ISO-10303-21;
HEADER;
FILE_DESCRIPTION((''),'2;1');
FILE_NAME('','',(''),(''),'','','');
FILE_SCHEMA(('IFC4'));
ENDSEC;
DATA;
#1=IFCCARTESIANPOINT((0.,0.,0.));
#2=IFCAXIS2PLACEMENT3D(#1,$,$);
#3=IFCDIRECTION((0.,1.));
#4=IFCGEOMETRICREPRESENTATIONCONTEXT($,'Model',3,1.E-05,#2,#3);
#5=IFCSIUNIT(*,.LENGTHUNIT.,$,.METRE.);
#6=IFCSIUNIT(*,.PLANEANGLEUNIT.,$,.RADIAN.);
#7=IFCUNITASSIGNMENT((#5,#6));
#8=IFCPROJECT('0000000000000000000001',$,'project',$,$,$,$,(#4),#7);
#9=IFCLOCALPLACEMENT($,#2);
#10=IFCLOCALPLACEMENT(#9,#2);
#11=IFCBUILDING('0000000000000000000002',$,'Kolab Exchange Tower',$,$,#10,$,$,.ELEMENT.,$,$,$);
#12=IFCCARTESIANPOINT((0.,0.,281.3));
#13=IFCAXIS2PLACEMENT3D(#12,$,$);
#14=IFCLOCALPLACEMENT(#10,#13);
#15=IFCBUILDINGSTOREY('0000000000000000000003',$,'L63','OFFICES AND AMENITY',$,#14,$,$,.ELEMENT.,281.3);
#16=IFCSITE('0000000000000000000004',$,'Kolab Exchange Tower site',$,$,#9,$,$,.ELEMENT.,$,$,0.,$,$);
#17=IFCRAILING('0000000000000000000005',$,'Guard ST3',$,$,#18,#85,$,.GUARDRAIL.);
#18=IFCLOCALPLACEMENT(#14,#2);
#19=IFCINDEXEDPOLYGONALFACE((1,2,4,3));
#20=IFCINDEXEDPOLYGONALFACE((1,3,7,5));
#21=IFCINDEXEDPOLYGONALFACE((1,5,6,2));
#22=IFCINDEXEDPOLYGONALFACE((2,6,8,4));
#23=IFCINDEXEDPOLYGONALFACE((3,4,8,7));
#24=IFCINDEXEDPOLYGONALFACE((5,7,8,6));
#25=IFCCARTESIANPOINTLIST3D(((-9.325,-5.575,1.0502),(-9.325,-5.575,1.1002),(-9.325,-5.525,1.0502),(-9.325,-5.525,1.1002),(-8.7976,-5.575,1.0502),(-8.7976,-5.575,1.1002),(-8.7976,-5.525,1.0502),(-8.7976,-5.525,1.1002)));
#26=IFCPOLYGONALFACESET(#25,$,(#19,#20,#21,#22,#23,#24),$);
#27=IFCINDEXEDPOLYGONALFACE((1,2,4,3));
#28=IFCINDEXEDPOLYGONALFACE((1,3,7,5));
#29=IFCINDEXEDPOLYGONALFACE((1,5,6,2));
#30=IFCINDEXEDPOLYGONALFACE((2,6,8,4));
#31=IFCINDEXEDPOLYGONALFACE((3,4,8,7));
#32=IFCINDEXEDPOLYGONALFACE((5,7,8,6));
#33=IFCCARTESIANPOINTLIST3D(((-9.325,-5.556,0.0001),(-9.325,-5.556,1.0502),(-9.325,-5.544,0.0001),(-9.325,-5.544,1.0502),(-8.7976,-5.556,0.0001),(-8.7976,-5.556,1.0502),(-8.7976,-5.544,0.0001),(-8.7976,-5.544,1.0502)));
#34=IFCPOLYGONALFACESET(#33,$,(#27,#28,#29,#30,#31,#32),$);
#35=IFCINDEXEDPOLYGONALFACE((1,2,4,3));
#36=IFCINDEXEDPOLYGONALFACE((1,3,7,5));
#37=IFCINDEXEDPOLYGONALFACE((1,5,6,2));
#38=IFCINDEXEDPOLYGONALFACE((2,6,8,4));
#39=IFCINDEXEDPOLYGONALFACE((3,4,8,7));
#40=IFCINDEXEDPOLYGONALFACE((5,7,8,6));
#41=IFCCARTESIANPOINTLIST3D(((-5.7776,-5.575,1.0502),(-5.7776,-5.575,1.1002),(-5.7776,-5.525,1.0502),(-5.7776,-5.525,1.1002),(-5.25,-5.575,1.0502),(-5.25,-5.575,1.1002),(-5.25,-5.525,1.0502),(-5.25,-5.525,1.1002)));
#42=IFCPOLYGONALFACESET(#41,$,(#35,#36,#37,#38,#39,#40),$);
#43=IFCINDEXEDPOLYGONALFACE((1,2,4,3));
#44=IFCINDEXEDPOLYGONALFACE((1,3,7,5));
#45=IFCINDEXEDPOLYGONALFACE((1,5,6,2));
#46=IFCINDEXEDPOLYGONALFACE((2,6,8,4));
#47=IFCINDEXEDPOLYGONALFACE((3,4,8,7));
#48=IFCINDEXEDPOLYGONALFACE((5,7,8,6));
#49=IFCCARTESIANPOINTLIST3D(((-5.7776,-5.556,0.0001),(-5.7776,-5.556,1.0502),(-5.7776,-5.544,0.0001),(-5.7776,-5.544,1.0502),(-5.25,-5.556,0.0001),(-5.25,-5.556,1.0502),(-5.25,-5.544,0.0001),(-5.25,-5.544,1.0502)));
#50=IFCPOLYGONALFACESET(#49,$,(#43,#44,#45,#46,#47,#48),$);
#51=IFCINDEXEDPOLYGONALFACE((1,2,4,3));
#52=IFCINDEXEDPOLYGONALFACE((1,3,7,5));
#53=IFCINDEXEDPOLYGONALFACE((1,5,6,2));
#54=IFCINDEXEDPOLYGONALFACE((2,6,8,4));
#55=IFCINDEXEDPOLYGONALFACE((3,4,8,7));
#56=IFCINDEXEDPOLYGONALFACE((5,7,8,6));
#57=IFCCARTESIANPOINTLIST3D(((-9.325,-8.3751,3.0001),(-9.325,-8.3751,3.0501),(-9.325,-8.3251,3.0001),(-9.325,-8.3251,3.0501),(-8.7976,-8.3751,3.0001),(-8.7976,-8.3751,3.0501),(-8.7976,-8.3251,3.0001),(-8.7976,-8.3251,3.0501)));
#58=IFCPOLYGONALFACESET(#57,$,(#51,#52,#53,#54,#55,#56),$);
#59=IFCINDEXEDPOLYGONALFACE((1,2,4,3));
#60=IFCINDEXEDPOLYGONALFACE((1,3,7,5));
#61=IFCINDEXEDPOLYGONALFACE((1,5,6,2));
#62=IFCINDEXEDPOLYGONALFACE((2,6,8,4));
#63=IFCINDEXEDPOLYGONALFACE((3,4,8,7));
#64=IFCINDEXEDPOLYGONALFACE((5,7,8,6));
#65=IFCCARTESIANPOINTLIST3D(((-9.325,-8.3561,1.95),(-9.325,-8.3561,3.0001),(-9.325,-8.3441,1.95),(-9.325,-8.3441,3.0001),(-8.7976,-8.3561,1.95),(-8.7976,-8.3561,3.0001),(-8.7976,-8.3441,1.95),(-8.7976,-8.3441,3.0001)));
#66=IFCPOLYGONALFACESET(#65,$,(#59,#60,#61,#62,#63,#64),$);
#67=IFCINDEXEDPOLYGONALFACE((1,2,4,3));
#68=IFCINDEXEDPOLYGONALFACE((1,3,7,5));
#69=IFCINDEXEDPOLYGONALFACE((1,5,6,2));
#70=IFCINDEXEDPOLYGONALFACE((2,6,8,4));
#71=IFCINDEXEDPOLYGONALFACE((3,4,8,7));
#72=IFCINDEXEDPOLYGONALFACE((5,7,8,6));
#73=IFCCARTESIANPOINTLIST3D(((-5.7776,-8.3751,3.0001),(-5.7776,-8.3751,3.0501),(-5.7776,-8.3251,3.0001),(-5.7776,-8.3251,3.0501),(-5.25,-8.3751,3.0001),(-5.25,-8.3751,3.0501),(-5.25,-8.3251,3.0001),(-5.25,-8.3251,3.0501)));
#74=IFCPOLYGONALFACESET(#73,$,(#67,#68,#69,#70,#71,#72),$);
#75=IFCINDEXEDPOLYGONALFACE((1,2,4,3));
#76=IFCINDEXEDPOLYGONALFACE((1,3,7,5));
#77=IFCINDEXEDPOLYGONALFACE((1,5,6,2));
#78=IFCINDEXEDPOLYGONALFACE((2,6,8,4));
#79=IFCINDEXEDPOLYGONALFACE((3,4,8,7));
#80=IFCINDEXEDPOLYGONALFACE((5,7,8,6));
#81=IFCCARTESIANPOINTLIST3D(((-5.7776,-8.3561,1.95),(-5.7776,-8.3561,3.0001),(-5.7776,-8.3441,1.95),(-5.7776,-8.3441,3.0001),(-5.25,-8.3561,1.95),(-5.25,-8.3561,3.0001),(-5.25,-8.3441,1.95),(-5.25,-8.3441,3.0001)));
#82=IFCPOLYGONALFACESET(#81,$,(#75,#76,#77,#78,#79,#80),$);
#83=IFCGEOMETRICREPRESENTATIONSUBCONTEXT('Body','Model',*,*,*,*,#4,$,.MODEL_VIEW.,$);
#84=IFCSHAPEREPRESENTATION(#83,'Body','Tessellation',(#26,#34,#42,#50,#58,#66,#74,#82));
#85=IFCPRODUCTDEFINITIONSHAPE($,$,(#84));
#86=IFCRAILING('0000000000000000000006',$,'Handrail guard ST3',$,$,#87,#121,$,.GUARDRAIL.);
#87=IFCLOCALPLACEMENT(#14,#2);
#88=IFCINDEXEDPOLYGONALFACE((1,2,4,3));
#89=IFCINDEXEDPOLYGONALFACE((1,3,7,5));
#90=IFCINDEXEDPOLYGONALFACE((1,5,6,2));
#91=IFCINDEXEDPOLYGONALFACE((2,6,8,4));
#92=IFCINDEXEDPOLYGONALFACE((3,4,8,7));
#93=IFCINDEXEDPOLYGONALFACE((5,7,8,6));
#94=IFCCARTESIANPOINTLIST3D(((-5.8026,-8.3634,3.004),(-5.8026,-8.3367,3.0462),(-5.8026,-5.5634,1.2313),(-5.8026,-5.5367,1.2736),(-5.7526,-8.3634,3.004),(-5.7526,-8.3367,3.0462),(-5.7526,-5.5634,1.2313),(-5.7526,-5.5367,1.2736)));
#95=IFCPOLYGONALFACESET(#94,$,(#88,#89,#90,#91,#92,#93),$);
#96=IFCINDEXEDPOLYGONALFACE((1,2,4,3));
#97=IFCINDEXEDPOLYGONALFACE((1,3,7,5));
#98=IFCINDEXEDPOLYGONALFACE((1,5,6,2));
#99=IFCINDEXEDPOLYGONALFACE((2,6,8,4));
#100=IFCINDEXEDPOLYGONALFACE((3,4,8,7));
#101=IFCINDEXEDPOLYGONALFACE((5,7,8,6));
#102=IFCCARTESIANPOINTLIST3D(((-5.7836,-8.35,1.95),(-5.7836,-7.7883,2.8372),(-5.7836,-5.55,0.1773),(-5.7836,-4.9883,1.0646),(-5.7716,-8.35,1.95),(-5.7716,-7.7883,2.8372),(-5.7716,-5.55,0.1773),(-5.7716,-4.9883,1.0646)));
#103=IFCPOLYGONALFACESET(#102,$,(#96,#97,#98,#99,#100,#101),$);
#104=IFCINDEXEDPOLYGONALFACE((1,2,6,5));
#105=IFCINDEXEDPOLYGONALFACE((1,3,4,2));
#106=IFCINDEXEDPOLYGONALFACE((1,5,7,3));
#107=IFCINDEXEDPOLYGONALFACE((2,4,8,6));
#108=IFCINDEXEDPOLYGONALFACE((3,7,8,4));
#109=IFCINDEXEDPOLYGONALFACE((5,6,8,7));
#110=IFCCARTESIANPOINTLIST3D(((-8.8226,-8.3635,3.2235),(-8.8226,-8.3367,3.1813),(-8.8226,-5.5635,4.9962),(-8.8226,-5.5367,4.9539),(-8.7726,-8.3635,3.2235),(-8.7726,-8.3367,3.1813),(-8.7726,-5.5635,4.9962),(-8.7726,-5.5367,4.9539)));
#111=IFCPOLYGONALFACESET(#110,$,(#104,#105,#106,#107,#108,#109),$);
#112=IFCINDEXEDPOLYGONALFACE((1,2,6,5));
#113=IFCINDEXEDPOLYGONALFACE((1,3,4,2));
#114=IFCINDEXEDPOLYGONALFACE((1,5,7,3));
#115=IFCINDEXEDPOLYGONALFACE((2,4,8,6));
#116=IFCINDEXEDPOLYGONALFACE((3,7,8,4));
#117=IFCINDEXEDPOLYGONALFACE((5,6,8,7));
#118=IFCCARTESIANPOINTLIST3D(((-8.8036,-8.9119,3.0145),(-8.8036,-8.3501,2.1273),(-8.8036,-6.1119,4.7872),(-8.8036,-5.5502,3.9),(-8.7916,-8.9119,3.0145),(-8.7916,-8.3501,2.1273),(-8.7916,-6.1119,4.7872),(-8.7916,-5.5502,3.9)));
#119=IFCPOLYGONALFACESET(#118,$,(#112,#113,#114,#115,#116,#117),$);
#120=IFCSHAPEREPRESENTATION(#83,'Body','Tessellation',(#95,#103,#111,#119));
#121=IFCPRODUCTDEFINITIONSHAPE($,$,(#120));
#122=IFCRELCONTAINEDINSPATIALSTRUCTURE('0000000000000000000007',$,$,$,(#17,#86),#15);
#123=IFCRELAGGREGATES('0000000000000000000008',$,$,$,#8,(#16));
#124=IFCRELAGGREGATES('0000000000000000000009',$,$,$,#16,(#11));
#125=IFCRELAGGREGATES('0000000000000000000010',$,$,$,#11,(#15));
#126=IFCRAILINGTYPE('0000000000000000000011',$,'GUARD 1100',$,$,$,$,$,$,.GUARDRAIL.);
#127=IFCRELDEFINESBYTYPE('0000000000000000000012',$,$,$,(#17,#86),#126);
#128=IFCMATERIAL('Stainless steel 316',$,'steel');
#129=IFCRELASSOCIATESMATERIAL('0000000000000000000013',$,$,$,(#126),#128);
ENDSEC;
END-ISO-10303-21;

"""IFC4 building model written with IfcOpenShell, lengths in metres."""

from ifc_helpers import new_model, si_unit, direction, frame, frame_2d, origin, origin_2d, place, context, subcontext, project, spatial, rectangle, extrude, material, type_object, element, save


model = new_model("IFC4")

# Units and contexts
model_context = context("Model", 3, precision=1e-05, world=origin(), true_north=direction((0.0, 1.0)))
body_context = subcontext(model_context, "Body", "Model", "MODEL_VIEW")
ifc_project = project(units=[si_unit("LENGTHUNIT", "METRE"), si_unit("PLANEANGLEUNIT", "RADIAN")], contexts=[model_context])

# Site, building, storey
site_placement = place(None, origin())
site = spatial("IfcSite", under=ifc_project, at=site_placement, Name="Kolab Exchange Tower site", CompositionType="ELEMENT", RefElevation=0.0)
building_placement = place(site_placement, origin())
building = spatial("IfcBuilding", under=site, at=building_placement, Name="Kolab Exchange Tower", CompositionType="ELEMENT")
storey_placement = place(building_placement, frame((0.0, 0.0, 281.3)))
storey = spatial("IfcBuildingStorey", under=building, at=storey_placement, Name="L63", Description="OFFICES AND AMENITY", CompositionType="ELEMENT", Elevation=281.3)

# Shared definitions
ifc_material_1 = material(Name="Stainless steel 316", Category="steel")

# Railings
railing_type = type_object("IfcRailingType", Name="GUARD 1100", PredefinedType="GUARDRAIL", material=ifc_material_1)
railing_1_placement = place(storey_placement, frame((-9.325, -5.55, 0.0)))
element("IfcRailing", 1, at=railing_1_placement, inside=storey, type_object=railing_type, Name="Guard ST3", PredefinedType="GUARDRAIL", context=body_context, shape_type="SweptSolid", body=[
    extrude(rectangle(XDim=0.05, YDim=0.05, at=origin_2d()), frame((0.0, 0.0, 1.0752), z_axis=(1.0, 0.0, 0.0), x_axis=(0.0, 1.0, 0.0)), (0.0, 0.0, 1.0), 0.5273),
    extrude(rectangle(XDim=0.012, YDim=1.0501, at=frame_2d((0.0, 0.5251))), frame((0.0, 0.0, 0.0), z_axis=(1.0, 0.0, 0.0), x_axis=(0.0, 1.0, 0.0)), (0.0, 0.0, 1.0), 0.5273),
    extrude(rectangle(XDim=0.05, YDim=0.05, at=origin_2d()), frame((3.5474, 0.0, 1.0752), z_axis=(1.0, 0.0, 0.0), x_axis=(0.0, 1.0, 0.0)), (0.0, 0.0, 1.0), 0.5276),
    extrude(rectangle(XDim=0.012, YDim=1.0501, at=frame_2d((0.0, 0.5251))), frame((3.5474, 0.0, 0.0), z_axis=(1.0, 0.0, 0.0), x_axis=(0.0, 1.0, 0.0)), (0.0, 0.0, 1.0), 0.5276),
    extrude(rectangle(XDim=0.05, YDim=0.05, at=origin_2d()), frame((0.0, -2.8, 3.0251), z_axis=(1.0, 0.0, 0.0), x_axis=(0.0, 1.0, 0.0)), (0.0, 0.0, 1.0), 0.5273),
    extrude(rectangle(XDim=0.012, YDim=1.0501, at=frame_2d((0.0, 0.5251))), frame((0.0, -2.8, 1.95), z_axis=(1.0, 0.0, 0.0), x_axis=(0.0, 1.0, 0.0)), (0.0, 0.0, 1.0), 0.5273),
    extrude(rectangle(XDim=0.05, YDim=0.05, at=origin_2d()), frame((3.5474, -2.8, 3.0251), z_axis=(1.0, 0.0, 0.0), x_axis=(0.0, 1.0, 0.0)), (0.0, 0.0, 1.0), 0.5276),
    extrude(rectangle(XDim=0.012, YDim=1.0501, at=frame_2d((0.0, 0.5251))), frame((3.5474, -2.8, 1.95), z_axis=(1.0, 0.0, 0.0), x_axis=(0.0, 1.0, 0.0)), (0.0, 0.0, 1.0), 0.5276),
])
railing_2_placement = place(storey_placement, frame((-5.7776, -5.55, 0.1772)))
element("IfcRailing", 2, at=railing_2_placement, inside=storey, type_object=railing_type, Name="Handrail guard ST3", PredefinedType="GUARDRAIL", context=body_context, shape_type="SweptSolid", body=[
    extrude(rectangle(XDim=0.05, YDim=0.05, at=origin_2d()), frame((0.0, 0.0, 1.0752), z_axis=(0.0, -0.844909, 0.53491), x_axis=(1.0, 0.0, 0.0)), (0.0, 0.0, 1.0), 3.314),
    extrude(rectangle(XDim=0.012, YDim=1.0501, at=frame_2d((0.0, 0.5251))), frame((0.0, 0.0, 0.0), z_axis=(0.0, -0.844909, 0.53491), x_axis=(1.0, 0.0, 0.0)), (0.0, 0.0, 1.0), 3.314),
    extrude(rectangle(XDim=0.05, YDim=0.05, at=origin_2d()), frame((-3.02, -2.8, 3.0251), z_axis=(0.0, 0.844909, 0.53491), x_axis=(-1.0, 0.0, 0.0)), (0.0, 0.0, 1.0), 3.314),
    extrude(rectangle(XDim=0.012, YDim=1.0501, at=frame_2d((0.0, 0.5251))), frame((-3.02, -2.8, 1.95), z_axis=(0.0, 0.844909, 0.53491), x_axis=(-1.0, 0.0, 0.0)), (0.0, 0.0, 1.0), 3.314),
])

save(model, "model.ifc")
